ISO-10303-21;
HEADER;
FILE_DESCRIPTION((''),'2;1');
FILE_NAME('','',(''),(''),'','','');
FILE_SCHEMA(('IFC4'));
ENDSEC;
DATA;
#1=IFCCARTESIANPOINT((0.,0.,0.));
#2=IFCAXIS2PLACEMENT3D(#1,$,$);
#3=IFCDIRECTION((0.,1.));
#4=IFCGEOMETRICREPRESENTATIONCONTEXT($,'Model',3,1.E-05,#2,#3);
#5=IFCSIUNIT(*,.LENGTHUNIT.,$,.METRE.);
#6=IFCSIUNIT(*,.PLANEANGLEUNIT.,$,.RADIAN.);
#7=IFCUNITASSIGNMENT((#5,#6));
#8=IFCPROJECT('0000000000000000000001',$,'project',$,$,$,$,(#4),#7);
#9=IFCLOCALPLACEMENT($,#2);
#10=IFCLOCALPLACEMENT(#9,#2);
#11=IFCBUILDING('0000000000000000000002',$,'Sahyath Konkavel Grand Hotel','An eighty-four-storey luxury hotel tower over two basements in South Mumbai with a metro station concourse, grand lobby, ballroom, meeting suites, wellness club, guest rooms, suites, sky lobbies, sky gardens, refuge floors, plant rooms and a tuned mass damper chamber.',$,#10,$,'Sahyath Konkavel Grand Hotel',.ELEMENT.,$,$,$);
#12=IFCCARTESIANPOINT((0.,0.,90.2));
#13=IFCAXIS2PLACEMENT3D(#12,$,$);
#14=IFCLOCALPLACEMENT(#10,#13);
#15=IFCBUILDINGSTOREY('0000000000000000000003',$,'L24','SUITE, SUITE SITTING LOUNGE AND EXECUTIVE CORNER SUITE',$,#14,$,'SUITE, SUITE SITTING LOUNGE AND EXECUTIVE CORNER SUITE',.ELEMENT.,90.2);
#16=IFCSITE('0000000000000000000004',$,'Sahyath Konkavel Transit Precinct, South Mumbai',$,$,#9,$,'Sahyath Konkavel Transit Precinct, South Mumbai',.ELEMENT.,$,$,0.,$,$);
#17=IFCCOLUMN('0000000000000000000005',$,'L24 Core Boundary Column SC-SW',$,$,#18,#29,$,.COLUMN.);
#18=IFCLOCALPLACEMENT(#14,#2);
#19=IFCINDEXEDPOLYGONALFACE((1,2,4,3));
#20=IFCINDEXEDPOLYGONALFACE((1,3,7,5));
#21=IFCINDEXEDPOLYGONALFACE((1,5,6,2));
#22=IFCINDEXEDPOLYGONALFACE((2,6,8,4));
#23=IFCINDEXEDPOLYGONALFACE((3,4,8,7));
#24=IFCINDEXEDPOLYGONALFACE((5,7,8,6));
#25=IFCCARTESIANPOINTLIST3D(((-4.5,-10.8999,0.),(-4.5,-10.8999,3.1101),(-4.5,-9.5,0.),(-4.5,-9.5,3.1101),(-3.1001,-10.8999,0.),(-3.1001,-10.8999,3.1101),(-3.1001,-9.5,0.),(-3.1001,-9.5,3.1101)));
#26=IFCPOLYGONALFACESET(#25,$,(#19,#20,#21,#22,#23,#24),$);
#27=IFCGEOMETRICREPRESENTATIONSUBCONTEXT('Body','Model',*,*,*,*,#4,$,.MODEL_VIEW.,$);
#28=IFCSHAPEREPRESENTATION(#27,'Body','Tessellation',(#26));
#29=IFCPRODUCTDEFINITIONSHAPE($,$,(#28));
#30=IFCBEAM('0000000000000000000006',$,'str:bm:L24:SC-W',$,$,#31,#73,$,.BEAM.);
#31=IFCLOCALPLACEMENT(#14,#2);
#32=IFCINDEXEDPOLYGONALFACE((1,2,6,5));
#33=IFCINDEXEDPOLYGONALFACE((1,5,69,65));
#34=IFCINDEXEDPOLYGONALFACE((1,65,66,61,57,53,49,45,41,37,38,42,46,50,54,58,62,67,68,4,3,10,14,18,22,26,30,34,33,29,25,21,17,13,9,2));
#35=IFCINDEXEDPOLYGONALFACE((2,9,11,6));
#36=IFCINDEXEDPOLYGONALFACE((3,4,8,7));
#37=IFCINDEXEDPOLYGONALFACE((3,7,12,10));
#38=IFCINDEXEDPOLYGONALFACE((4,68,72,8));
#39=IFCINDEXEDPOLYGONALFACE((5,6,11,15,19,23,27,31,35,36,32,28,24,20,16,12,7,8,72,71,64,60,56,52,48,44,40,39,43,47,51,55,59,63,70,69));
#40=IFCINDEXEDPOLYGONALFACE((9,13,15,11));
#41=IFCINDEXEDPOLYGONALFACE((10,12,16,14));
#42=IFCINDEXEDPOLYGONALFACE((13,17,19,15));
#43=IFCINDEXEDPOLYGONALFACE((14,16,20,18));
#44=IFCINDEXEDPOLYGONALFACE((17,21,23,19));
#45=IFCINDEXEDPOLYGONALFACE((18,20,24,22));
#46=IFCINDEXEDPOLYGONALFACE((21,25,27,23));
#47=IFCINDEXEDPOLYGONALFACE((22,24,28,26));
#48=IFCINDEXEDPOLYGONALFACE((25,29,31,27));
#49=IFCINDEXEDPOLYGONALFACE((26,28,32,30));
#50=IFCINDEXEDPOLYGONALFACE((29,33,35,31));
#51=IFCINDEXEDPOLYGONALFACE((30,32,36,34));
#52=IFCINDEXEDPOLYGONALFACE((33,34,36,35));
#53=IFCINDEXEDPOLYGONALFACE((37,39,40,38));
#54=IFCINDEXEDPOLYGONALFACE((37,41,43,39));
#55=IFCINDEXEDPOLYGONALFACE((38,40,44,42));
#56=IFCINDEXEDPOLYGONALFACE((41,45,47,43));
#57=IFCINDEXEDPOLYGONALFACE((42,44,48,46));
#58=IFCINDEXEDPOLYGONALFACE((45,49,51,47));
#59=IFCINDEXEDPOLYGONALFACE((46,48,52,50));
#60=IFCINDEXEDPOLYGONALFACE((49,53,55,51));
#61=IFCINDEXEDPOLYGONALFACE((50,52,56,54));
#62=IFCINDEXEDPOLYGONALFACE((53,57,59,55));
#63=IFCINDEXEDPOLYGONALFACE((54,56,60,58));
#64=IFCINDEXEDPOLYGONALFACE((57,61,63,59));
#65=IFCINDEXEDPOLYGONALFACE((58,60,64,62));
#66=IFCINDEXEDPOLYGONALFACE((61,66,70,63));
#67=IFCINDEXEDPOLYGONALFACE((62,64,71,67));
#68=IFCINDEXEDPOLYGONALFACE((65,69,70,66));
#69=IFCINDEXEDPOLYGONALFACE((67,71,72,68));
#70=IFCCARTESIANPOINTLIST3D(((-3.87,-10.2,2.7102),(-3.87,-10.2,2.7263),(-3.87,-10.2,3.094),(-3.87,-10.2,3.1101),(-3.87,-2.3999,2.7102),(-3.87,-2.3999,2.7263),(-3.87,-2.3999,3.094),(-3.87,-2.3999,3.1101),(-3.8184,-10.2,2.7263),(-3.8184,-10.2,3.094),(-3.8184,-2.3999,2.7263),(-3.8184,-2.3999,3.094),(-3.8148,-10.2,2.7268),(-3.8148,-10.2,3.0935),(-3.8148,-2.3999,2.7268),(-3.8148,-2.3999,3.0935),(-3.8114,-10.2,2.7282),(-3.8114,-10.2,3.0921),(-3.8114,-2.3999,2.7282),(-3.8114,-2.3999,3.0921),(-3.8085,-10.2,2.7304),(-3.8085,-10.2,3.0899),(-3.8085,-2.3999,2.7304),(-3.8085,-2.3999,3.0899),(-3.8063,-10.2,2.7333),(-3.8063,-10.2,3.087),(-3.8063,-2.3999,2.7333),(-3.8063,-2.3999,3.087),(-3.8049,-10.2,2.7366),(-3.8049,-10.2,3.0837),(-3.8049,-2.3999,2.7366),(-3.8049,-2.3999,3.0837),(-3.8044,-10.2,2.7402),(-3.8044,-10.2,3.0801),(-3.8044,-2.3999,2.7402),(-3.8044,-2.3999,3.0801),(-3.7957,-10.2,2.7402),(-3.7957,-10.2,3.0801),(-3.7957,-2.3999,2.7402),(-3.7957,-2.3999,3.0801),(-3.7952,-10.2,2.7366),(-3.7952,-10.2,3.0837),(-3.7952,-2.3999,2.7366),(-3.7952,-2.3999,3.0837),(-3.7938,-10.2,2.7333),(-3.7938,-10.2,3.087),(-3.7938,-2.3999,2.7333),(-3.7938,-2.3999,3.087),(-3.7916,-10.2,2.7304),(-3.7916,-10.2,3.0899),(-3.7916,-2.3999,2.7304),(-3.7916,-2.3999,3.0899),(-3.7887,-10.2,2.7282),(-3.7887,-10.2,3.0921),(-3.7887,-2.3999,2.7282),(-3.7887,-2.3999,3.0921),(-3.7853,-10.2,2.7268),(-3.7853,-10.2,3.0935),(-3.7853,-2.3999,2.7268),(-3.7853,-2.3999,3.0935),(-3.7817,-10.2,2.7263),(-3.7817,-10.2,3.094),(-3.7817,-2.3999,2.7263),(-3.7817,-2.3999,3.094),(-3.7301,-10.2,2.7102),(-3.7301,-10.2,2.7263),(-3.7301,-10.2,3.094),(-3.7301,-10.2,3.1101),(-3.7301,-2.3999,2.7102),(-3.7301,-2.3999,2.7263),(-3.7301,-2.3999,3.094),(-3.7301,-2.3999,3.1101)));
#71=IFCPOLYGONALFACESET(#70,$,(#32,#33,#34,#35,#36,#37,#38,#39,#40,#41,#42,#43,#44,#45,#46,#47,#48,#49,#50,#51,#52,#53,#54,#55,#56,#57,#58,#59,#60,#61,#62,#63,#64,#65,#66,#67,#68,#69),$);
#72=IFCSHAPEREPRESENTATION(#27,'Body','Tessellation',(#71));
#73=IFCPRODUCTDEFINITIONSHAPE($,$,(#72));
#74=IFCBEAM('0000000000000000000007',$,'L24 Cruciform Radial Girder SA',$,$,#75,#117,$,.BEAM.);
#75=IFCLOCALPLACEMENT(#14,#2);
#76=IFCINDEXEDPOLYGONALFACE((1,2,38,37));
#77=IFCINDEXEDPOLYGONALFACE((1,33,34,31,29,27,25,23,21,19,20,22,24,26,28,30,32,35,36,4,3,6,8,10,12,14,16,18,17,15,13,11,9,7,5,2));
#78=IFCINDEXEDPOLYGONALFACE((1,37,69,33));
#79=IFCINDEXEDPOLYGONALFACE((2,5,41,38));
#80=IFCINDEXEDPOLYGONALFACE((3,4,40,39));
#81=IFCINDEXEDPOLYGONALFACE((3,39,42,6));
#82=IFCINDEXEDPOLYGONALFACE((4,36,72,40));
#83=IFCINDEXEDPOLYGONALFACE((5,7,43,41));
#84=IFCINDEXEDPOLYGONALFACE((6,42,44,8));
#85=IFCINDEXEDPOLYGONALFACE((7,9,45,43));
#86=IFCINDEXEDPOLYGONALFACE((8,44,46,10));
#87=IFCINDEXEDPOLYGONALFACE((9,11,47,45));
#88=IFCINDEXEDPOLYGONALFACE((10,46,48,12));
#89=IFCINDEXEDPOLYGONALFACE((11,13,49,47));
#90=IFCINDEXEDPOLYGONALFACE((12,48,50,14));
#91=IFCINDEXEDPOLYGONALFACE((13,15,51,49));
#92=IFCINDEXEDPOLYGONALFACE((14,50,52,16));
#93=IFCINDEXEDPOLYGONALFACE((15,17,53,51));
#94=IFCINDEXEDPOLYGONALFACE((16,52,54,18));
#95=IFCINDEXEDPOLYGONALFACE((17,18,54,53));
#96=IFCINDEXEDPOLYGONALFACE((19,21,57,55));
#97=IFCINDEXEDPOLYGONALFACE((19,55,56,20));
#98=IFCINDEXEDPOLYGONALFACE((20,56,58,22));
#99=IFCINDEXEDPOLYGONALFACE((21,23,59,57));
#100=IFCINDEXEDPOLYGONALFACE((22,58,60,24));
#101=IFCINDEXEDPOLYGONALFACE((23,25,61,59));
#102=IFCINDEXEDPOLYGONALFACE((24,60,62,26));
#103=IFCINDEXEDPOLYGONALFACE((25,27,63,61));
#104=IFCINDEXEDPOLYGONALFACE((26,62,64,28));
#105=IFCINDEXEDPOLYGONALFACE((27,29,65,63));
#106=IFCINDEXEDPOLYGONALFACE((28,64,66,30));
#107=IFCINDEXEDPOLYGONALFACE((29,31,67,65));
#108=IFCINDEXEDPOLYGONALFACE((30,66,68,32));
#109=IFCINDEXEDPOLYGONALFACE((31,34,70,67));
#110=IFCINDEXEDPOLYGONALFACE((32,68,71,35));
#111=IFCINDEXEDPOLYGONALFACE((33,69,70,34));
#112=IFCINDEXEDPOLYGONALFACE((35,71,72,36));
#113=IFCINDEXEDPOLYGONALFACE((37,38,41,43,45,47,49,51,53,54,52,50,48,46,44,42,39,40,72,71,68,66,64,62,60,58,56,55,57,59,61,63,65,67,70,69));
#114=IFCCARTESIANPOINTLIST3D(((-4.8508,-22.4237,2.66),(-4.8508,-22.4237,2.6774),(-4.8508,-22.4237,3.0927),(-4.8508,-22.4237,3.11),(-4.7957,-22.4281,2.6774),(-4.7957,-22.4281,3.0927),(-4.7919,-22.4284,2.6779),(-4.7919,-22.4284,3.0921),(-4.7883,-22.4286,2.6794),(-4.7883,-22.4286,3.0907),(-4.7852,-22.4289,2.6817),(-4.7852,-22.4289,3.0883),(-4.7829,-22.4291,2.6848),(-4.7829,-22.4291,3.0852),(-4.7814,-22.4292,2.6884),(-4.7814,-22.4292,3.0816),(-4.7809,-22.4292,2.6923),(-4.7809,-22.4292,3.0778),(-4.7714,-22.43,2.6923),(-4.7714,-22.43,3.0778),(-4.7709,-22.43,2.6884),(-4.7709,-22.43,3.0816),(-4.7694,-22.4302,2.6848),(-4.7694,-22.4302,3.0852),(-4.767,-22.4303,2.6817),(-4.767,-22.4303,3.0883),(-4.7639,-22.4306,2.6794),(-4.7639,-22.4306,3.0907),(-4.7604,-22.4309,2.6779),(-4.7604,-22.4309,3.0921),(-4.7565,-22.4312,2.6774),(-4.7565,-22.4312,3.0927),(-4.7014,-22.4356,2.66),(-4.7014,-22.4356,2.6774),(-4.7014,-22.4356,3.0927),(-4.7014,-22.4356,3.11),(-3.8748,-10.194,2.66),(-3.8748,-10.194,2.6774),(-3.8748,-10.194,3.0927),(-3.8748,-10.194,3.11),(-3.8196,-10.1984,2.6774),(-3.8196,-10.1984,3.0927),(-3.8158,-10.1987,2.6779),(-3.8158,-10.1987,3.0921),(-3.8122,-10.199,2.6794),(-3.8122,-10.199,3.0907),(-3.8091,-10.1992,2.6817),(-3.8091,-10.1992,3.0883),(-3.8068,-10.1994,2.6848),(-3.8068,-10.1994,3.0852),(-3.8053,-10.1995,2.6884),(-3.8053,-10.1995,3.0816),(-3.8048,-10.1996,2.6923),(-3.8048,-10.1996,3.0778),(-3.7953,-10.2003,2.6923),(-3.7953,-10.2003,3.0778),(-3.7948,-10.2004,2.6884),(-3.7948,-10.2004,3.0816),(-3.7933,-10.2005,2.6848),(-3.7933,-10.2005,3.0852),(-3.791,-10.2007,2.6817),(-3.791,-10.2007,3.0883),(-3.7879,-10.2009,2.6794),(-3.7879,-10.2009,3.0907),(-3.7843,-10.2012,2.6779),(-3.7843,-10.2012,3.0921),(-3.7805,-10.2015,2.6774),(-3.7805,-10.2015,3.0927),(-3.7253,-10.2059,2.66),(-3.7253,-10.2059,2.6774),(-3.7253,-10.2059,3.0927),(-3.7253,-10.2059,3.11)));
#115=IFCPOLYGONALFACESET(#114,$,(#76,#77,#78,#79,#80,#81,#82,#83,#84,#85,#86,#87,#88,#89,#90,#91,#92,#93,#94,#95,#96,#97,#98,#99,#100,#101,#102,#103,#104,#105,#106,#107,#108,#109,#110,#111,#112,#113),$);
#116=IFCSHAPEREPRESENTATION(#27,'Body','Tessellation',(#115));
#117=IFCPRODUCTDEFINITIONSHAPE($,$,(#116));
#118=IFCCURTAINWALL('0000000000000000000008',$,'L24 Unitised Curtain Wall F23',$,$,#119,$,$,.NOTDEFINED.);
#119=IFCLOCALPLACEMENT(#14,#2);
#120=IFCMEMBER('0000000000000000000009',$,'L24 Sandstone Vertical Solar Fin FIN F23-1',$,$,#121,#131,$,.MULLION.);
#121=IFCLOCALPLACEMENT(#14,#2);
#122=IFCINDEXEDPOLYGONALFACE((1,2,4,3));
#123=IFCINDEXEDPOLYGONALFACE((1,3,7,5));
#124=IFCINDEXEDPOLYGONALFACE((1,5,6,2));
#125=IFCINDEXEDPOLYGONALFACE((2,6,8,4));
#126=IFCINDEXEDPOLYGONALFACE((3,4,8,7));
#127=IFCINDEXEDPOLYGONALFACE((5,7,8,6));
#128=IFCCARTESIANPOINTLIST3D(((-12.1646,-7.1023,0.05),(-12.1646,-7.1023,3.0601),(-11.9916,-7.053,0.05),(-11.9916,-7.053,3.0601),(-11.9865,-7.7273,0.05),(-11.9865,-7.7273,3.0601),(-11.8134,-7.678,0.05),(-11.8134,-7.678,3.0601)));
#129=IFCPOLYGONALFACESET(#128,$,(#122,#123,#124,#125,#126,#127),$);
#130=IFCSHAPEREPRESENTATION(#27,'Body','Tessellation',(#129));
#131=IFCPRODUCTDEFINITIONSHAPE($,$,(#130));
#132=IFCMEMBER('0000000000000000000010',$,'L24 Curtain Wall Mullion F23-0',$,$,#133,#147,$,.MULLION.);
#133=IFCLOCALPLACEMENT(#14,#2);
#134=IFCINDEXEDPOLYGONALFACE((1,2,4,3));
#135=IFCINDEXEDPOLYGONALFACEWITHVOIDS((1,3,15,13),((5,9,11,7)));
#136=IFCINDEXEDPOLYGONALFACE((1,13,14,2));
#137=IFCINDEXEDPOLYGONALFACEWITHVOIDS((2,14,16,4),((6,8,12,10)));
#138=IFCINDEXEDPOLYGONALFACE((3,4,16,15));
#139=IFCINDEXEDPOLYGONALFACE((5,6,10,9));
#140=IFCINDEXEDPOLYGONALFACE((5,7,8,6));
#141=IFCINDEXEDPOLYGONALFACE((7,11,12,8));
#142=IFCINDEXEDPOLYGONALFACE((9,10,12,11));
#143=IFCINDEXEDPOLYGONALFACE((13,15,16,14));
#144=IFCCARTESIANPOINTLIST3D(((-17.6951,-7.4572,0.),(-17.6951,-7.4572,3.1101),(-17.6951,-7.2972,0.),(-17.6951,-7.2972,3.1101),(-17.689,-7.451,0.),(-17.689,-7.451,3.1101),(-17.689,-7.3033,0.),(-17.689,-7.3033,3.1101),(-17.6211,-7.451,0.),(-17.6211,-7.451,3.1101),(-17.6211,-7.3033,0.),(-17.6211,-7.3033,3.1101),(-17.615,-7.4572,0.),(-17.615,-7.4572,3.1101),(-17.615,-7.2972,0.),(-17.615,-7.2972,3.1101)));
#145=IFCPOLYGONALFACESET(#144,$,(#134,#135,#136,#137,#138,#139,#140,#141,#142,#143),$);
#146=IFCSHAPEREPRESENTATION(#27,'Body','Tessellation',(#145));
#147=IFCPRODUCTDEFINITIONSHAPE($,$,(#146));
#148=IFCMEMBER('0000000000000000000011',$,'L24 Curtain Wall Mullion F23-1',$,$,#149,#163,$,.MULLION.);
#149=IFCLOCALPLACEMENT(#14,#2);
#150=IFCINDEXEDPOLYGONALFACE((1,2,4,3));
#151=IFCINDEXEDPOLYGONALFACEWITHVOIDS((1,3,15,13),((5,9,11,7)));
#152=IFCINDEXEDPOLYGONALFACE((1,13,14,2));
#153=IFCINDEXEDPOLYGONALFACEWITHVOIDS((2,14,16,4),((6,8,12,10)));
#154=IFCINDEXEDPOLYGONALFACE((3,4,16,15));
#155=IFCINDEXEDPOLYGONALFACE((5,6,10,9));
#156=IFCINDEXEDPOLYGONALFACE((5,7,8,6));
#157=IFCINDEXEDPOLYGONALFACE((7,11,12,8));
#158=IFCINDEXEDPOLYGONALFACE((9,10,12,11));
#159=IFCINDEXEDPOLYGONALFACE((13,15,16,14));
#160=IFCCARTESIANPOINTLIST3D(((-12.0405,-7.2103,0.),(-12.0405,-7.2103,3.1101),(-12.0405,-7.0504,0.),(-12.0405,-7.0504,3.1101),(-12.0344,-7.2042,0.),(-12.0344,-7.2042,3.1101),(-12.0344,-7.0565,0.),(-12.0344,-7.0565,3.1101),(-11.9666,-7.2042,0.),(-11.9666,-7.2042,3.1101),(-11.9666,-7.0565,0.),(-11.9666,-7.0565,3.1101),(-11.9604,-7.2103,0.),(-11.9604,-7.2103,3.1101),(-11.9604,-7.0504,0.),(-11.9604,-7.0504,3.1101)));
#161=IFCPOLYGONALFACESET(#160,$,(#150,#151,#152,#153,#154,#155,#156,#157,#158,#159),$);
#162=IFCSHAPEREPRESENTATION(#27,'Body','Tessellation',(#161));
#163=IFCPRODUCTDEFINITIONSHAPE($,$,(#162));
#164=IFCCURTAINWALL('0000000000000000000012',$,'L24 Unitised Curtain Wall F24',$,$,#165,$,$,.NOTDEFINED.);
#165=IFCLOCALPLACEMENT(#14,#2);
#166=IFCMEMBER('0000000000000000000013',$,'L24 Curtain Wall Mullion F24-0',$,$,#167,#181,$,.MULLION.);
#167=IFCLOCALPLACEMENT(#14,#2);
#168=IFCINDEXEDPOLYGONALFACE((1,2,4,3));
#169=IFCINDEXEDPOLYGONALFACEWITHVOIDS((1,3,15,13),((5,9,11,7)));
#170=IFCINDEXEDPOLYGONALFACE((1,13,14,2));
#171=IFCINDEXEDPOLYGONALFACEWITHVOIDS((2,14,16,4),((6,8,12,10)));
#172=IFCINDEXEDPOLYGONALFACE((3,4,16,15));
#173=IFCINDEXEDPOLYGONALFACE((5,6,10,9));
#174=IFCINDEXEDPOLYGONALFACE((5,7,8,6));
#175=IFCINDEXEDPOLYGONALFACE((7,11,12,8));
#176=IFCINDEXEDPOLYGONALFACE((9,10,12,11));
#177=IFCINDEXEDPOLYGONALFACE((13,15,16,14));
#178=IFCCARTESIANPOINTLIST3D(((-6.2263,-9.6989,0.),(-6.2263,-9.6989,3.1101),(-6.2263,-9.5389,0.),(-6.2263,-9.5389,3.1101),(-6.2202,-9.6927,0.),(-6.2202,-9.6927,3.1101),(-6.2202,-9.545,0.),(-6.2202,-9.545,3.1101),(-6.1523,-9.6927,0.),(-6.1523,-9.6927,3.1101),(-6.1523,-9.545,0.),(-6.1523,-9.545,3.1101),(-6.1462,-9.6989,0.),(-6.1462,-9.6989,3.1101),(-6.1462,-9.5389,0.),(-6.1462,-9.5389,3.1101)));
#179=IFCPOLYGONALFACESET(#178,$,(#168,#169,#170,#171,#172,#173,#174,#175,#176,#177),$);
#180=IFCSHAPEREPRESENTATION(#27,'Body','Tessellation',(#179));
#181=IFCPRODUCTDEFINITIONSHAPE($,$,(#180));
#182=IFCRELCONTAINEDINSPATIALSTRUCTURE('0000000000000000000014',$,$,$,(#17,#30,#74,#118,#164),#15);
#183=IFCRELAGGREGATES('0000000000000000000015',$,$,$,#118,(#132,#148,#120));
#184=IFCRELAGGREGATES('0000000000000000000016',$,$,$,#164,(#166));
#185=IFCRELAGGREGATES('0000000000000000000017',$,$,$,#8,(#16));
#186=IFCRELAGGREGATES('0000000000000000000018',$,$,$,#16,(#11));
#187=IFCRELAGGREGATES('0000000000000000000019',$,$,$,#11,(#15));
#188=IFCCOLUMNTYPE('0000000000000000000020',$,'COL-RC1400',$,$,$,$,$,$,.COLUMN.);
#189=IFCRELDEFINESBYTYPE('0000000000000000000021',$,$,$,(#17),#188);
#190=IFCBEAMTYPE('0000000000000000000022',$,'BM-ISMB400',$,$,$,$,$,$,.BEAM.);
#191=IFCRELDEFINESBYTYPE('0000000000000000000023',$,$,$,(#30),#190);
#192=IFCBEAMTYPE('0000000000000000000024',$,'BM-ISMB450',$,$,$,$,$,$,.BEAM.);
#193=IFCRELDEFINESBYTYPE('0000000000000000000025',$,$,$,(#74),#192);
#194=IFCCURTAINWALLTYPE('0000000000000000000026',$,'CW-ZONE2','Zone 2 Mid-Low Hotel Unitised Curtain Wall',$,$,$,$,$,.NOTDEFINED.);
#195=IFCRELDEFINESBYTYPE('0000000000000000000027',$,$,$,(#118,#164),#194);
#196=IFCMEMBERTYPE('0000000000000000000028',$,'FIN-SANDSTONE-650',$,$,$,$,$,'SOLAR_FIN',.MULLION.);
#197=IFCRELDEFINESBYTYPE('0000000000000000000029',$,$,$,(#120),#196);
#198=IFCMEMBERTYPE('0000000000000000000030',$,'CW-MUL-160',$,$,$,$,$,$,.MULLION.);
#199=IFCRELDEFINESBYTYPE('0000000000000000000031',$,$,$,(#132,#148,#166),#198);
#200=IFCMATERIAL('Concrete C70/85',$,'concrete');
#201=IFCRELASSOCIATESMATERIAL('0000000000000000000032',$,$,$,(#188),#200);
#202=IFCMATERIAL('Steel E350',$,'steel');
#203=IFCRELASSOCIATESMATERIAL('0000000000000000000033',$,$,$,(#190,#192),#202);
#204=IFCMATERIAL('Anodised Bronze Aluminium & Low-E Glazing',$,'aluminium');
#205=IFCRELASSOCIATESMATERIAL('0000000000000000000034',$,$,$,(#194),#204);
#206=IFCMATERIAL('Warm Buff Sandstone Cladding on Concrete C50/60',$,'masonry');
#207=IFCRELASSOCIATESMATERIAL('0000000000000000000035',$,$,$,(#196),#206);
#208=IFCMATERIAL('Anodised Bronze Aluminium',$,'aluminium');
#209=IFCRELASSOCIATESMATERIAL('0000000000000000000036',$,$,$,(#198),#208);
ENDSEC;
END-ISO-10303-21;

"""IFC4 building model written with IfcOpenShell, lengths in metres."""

from ifc_helpers import new_model, si_unit, direction, frame, origin, origin_2d, place, context, subcontext, project, spatial, rectangle, hollow_rectangle, i_section, extrude, source, transform, mapped, material, material_profile, profile_set, type_object, element, aggregate, save


model = new_model("IFC4")

# Units and contexts
model_context = context("Model", 3, precision=1e-05, world=origin(), true_north=direction((0.0, 1.0)))
body_context = subcontext(model_context, "Body", "Model", "MODEL_VIEW")
ifc_project = project(units=[si_unit("LENGTHUNIT", "METRE"), si_unit("PLANEANGLEUNIT", "RADIAN")], contexts=[model_context])

# Site, building, storey
site_placement = place(None, origin())
site = spatial("IfcSite", under=ifc_project, at=site_placement, Name="Sahyath Konkavel Transit Precinct, South Mumbai", LongName="Sahyath Konkavel Transit Precinct, South Mumbai", CompositionType="ELEMENT", RefElevation=0.0)
building_placement = place(site_placement, origin())
building = spatial("IfcBuilding", under=site, at=building_placement, Name="Sahyath Konkavel Grand Hotel", Description="An eighty-four-storey luxury hotel tower over two basements in South Mumbai with a metro station concourse, grand lobby, ballroom, meeting suites, wellness club, guest rooms, suites, sky lobbies, sky gardens, refuge floors, plant rooms and a tuned mass damper chamber.", LongName="Sahyath Konkavel Grand Hotel", CompositionType="ELEMENT")
storey_placement = place(building_placement, frame((0.0, 0.0, 90.2)))
storey = spatial("IfcBuildingStorey", under=building, at=storey_placement, Name="L24", Description="SUITE, SUITE SITTING LOUNGE AND EXECUTIVE CORNER SUITE", LongName="SUITE, SUITE SITTING LOUNGE AND EXECUTIVE CORNER SUITE", CompositionType="ELEMENT", Elevation=90.2)

# Column
ifc_material_1 = material(Name="Concrete C70/85", Category="concrete")
ifc_material_profile_1 = material_profile(ifc_material_1, rectangle(XDim=1.3999, YDim=1.3999, at=origin_2d()), Name="RC 1400x1400")
ifc_profile_set_1 = profile_set([ifc_material_profile_1], Name="Concrete C70/85")
column_type = type_object("IfcColumnType", Name="COL-RC1400", PredefinedType="COLUMN", material=ifc_profile_set_1)
shared_shape_1 = source(origin(), body_context, "Body", "SweptSolid", [
    extrude(rectangle(XDim=1.3999, YDim=1.3999, at=origin_2d()), origin(), (0.0, 0.0, 1.0), 3.1101),
])
column_placement = place(storey_placement, frame((-3.8, -10.2, 0.0), z_axis=(0.0, 0.0, 1.0), x_axis=(1.0, 0.0, 0.0)))
element("IfcColumn", 1, at=column_placement, inside=storey, type_object=column_type, Name="L24 Core Boundary Column SC-SW", PredefinedType="COLUMN", context=body_context, shape_type="MappedRepresentation", body=[
    mapped(shared_shape_1, transform((0.0, 0.0, 0.0), scale=1.0)),
])

# Beams
ifc_material_2 = material(Name="Steel E350", Category="steel")
ifc_material_profile_2 = material_profile(ifc_material_2, i_section(OverallWidth=0.1399, OverallDepth=0.3999, WebThickness=0.0088, FlangeThickness=0.0161, FilletRadius=0.0139, at=origin_2d()), Name="ISMB 400")
ifc_profile_set_2 = profile_set([ifc_material_profile_2], Name="Steel E350")
beam_type_1 = type_object("IfcBeamType", Name="BM-ISMB400", PredefinedType="BEAM", material=ifc_profile_set_2)
shared_shape_2 = source(origin(), body_context, "Body", "SweptSolid", [
    extrude(i_section(OverallWidth=0.1399, OverallDepth=0.3999, WebThickness=0.0088, FlangeThickness=0.0161, FilletRadius=0.0139, at=origin_2d()), origin(), (0.0, 0.0, 1.0), 7.8),
])
beam_1_placement = place(storey_placement, frame((-3.8, -10.2, 2.9102), z_axis=(0.0, 1.0, 0.0), x_axis=(-1.0, 0.0, 0.0)))
element("IfcBeam", 2, at=beam_1_placement, inside=storey, type_object=beam_type_1, Name="str:bm:L24:SC-W", PredefinedType="BEAM", context=body_context, shape_type="MappedRepresentation", body=[
    mapped(shared_shape_2, transform((0.0, 0.0, 0.0), scale=1.0)),
])
ifc_material_profile_3 = material_profile(ifc_material_2, i_section(OverallWidth=0.1499, OverallDepth=0.45, WebThickness=0.0095, FlangeThickness=0.0173, FilletRadius=0.0149, at=origin_2d()), Name="ISMB 450")
ifc_profile_set_3 = profile_set([ifc_material_profile_3], Name="Steel E350")
beam_type_2 = type_object("IfcBeamType", Name="BM-ISMB450", PredefinedType="BEAM", material=ifc_profile_set_3)
shared_shape_3 = source(origin(), body_context, "Body", "SweptSolid", [
    extrude(i_section(OverallWidth=0.1499, OverallDepth=0.45, WebThickness=0.0095, FlangeThickness=0.0173, FilletRadius=0.0149, at=origin_2d()), origin(), (0.0, 0.0, 1.0), 12.2686),
])
beam_2_placement = place(storey_placement, frame((-3.8, -10.2, 2.885), z_axis=(-0.079559, -0.99683, 0.0), x_axis=(0.99683, -0.079559, 0.0)))
element("IfcBeam", 3, at=beam_2_placement, inside=storey, type_object=beam_type_2, Name="L24 Cruciform Radial Girder SA", PredefinedType="BEAM", context=body_context, shape_type="MappedRepresentation", body=[
    mapped(shared_shape_3, transform((0.0, 0.0, 0.0), scale=1.0)),
])

# Curtain wall, members
ifc_material_3 = material(Name="Anodised Bronze Aluminium & Low-E Glazing", Category="aluminium")
curtain_wall_type = type_object("IfcCurtainWallType", Name="CW-ZONE2", Description="Zone 2 Mid-Low Hotel Unitised Curtain Wall", PredefinedType="NOTDEFINED", material=ifc_material_3)
curtain_wall_1_placement = place(storey_placement, origin())
curtain_wall_1 = element("IfcCurtainWall", 4, at=curtain_wall_1_placement, inside=storey, type_object=curtain_wall_type, Name="L24 Unitised Curtain Wall F23", PredefinedType="NOTDEFINED")
ifc_material_4 = material(Name="Warm Buff Sandstone Cladding on Concrete C50/60", Category="masonry")
ifc_material_profile_4 = material_profile(ifc_material_4, rectangle(XDim=0.1799, YDim=0.6499, at=origin_2d()), Name="FIN 180x650")
ifc_profile_set_4 = profile_set([ifc_material_profile_4], Name="Warm Buff Sandstone Cladding on Concrete C50/60")
member_type_1 = type_object("IfcMemberType", Name="FIN-SANDSTONE-650", ElementType="SOLAR_FIN", PredefinedType="MULLION", material=ifc_profile_set_4)
shared_shape_4 = source(origin(), body_context, "Body", "SweptSolid", [
    extrude(rectangle(XDim=0.1799, YDim=0.6499, at=origin_2d()), origin(), (0.0, 0.0, 1.0), 3.01),
])
member_1_placement = place(storey_placement, frame((-11.989, -7.3901, 0.05), z_axis=(0.0, 0.0, 1.0), x_axis=(0.961693, 0.274127, 0.0)))
member_1 = element("IfcMember", 5, at=member_1_placement, type_object=member_type_1, Name="L24 Sandstone Vertical Solar Fin FIN F23-1", PredefinedType="MULLION", context=body_context, shape_type="MappedRepresentation", body=[
    mapped(shared_shape_4, transform((0.0, 0.0, 0.0), scale=1.0)),
])
ifc_material_5 = material(Name="Anodised Bronze Aluminium", Category="aluminium")
ifc_material_profile_5 = material_profile(ifc_material_5, hollow_rectangle(XDim=0.0801, YDim=0.1599, WallThickness=0.0061, at=origin_2d()), Name="RHS 160x80x6")
ifc_profile_set_5 = profile_set([ifc_material_profile_5], Name="Anodised Bronze Aluminium")
member_type_2 = type_object("IfcMemberType", Name="CW-MUL-160", PredefinedType="MULLION", material=ifc_profile_set_5)
shared_shape_5 = source(origin(), body_context, "Body", "SweptSolid", [
    extrude(hollow_rectangle(XDim=0.0801, YDim=0.1599, WallThickness=0.0061, at=origin_2d()), origin(), (0.0, 0.0, 1.0), 3.1101),
])
member_2_placement = place(storey_placement, frame((-17.655, -7.3772, 0.0), z_axis=(0.0, 0.0, 1.0), x_axis=(1.0, 0.0, 0.0)))
member_2 = element("IfcMember", 6, at=member_2_placement, type_object=member_type_2, Name="L24 Curtain Wall Mullion F23-0", PredefinedType="MULLION", context=body_context, shape_type="MappedRepresentation", body=[
    mapped(shared_shape_5, transform((0.0, 0.0, 0.0), scale=1.0)),
])
member_3_placement = place(storey_placement, frame((-12.0005, -7.1304, 0.0), z_axis=(0.0, 0.0, 1.0), x_axis=(1.0, 0.0, 0.0)))
member_3 = element("IfcMember", 7, at=member_3_placement, type_object=member_type_2, Name="L24 Curtain Wall Mullion F23-1", PredefinedType="MULLION", context=body_context, shape_type="MappedRepresentation", body=[
    mapped(shared_shape_5, transform((0.0, 0.0, 0.0), scale=1.0)),
])

# Curtain wall, member
curtain_wall_2_placement = place(storey_placement, origin())
curtain_wall_2 = element("IfcCurtainWall", 8, at=curtain_wall_2_placement, inside=storey, type_object=curtain_wall_type, Name="L24 Unitised Curtain Wall F24", PredefinedType="NOTDEFINED")
member_4_placement = place(storey_placement, frame((-6.1863, -9.6189, 0.0), z_axis=(0.0, 0.0, 1.0), x_axis=(1.0, 0.0, 0.0)))
member_4 = element("IfcMember", 9, at=member_4_placement, type_object=member_type_2, Name="L24 Curtain Wall Mullion F24-0", PredefinedType="MULLION", context=body_context, shape_type="MappedRepresentation", body=[
    mapped(shared_shape_5, transform((0.0, 0.0, 0.0), scale=1.0)),
])

aggregate(curtain_wall_1, [member_2, member_3, member_1])
aggregate(curtain_wall_2, [member_4])

save(model, "model.ifc")
